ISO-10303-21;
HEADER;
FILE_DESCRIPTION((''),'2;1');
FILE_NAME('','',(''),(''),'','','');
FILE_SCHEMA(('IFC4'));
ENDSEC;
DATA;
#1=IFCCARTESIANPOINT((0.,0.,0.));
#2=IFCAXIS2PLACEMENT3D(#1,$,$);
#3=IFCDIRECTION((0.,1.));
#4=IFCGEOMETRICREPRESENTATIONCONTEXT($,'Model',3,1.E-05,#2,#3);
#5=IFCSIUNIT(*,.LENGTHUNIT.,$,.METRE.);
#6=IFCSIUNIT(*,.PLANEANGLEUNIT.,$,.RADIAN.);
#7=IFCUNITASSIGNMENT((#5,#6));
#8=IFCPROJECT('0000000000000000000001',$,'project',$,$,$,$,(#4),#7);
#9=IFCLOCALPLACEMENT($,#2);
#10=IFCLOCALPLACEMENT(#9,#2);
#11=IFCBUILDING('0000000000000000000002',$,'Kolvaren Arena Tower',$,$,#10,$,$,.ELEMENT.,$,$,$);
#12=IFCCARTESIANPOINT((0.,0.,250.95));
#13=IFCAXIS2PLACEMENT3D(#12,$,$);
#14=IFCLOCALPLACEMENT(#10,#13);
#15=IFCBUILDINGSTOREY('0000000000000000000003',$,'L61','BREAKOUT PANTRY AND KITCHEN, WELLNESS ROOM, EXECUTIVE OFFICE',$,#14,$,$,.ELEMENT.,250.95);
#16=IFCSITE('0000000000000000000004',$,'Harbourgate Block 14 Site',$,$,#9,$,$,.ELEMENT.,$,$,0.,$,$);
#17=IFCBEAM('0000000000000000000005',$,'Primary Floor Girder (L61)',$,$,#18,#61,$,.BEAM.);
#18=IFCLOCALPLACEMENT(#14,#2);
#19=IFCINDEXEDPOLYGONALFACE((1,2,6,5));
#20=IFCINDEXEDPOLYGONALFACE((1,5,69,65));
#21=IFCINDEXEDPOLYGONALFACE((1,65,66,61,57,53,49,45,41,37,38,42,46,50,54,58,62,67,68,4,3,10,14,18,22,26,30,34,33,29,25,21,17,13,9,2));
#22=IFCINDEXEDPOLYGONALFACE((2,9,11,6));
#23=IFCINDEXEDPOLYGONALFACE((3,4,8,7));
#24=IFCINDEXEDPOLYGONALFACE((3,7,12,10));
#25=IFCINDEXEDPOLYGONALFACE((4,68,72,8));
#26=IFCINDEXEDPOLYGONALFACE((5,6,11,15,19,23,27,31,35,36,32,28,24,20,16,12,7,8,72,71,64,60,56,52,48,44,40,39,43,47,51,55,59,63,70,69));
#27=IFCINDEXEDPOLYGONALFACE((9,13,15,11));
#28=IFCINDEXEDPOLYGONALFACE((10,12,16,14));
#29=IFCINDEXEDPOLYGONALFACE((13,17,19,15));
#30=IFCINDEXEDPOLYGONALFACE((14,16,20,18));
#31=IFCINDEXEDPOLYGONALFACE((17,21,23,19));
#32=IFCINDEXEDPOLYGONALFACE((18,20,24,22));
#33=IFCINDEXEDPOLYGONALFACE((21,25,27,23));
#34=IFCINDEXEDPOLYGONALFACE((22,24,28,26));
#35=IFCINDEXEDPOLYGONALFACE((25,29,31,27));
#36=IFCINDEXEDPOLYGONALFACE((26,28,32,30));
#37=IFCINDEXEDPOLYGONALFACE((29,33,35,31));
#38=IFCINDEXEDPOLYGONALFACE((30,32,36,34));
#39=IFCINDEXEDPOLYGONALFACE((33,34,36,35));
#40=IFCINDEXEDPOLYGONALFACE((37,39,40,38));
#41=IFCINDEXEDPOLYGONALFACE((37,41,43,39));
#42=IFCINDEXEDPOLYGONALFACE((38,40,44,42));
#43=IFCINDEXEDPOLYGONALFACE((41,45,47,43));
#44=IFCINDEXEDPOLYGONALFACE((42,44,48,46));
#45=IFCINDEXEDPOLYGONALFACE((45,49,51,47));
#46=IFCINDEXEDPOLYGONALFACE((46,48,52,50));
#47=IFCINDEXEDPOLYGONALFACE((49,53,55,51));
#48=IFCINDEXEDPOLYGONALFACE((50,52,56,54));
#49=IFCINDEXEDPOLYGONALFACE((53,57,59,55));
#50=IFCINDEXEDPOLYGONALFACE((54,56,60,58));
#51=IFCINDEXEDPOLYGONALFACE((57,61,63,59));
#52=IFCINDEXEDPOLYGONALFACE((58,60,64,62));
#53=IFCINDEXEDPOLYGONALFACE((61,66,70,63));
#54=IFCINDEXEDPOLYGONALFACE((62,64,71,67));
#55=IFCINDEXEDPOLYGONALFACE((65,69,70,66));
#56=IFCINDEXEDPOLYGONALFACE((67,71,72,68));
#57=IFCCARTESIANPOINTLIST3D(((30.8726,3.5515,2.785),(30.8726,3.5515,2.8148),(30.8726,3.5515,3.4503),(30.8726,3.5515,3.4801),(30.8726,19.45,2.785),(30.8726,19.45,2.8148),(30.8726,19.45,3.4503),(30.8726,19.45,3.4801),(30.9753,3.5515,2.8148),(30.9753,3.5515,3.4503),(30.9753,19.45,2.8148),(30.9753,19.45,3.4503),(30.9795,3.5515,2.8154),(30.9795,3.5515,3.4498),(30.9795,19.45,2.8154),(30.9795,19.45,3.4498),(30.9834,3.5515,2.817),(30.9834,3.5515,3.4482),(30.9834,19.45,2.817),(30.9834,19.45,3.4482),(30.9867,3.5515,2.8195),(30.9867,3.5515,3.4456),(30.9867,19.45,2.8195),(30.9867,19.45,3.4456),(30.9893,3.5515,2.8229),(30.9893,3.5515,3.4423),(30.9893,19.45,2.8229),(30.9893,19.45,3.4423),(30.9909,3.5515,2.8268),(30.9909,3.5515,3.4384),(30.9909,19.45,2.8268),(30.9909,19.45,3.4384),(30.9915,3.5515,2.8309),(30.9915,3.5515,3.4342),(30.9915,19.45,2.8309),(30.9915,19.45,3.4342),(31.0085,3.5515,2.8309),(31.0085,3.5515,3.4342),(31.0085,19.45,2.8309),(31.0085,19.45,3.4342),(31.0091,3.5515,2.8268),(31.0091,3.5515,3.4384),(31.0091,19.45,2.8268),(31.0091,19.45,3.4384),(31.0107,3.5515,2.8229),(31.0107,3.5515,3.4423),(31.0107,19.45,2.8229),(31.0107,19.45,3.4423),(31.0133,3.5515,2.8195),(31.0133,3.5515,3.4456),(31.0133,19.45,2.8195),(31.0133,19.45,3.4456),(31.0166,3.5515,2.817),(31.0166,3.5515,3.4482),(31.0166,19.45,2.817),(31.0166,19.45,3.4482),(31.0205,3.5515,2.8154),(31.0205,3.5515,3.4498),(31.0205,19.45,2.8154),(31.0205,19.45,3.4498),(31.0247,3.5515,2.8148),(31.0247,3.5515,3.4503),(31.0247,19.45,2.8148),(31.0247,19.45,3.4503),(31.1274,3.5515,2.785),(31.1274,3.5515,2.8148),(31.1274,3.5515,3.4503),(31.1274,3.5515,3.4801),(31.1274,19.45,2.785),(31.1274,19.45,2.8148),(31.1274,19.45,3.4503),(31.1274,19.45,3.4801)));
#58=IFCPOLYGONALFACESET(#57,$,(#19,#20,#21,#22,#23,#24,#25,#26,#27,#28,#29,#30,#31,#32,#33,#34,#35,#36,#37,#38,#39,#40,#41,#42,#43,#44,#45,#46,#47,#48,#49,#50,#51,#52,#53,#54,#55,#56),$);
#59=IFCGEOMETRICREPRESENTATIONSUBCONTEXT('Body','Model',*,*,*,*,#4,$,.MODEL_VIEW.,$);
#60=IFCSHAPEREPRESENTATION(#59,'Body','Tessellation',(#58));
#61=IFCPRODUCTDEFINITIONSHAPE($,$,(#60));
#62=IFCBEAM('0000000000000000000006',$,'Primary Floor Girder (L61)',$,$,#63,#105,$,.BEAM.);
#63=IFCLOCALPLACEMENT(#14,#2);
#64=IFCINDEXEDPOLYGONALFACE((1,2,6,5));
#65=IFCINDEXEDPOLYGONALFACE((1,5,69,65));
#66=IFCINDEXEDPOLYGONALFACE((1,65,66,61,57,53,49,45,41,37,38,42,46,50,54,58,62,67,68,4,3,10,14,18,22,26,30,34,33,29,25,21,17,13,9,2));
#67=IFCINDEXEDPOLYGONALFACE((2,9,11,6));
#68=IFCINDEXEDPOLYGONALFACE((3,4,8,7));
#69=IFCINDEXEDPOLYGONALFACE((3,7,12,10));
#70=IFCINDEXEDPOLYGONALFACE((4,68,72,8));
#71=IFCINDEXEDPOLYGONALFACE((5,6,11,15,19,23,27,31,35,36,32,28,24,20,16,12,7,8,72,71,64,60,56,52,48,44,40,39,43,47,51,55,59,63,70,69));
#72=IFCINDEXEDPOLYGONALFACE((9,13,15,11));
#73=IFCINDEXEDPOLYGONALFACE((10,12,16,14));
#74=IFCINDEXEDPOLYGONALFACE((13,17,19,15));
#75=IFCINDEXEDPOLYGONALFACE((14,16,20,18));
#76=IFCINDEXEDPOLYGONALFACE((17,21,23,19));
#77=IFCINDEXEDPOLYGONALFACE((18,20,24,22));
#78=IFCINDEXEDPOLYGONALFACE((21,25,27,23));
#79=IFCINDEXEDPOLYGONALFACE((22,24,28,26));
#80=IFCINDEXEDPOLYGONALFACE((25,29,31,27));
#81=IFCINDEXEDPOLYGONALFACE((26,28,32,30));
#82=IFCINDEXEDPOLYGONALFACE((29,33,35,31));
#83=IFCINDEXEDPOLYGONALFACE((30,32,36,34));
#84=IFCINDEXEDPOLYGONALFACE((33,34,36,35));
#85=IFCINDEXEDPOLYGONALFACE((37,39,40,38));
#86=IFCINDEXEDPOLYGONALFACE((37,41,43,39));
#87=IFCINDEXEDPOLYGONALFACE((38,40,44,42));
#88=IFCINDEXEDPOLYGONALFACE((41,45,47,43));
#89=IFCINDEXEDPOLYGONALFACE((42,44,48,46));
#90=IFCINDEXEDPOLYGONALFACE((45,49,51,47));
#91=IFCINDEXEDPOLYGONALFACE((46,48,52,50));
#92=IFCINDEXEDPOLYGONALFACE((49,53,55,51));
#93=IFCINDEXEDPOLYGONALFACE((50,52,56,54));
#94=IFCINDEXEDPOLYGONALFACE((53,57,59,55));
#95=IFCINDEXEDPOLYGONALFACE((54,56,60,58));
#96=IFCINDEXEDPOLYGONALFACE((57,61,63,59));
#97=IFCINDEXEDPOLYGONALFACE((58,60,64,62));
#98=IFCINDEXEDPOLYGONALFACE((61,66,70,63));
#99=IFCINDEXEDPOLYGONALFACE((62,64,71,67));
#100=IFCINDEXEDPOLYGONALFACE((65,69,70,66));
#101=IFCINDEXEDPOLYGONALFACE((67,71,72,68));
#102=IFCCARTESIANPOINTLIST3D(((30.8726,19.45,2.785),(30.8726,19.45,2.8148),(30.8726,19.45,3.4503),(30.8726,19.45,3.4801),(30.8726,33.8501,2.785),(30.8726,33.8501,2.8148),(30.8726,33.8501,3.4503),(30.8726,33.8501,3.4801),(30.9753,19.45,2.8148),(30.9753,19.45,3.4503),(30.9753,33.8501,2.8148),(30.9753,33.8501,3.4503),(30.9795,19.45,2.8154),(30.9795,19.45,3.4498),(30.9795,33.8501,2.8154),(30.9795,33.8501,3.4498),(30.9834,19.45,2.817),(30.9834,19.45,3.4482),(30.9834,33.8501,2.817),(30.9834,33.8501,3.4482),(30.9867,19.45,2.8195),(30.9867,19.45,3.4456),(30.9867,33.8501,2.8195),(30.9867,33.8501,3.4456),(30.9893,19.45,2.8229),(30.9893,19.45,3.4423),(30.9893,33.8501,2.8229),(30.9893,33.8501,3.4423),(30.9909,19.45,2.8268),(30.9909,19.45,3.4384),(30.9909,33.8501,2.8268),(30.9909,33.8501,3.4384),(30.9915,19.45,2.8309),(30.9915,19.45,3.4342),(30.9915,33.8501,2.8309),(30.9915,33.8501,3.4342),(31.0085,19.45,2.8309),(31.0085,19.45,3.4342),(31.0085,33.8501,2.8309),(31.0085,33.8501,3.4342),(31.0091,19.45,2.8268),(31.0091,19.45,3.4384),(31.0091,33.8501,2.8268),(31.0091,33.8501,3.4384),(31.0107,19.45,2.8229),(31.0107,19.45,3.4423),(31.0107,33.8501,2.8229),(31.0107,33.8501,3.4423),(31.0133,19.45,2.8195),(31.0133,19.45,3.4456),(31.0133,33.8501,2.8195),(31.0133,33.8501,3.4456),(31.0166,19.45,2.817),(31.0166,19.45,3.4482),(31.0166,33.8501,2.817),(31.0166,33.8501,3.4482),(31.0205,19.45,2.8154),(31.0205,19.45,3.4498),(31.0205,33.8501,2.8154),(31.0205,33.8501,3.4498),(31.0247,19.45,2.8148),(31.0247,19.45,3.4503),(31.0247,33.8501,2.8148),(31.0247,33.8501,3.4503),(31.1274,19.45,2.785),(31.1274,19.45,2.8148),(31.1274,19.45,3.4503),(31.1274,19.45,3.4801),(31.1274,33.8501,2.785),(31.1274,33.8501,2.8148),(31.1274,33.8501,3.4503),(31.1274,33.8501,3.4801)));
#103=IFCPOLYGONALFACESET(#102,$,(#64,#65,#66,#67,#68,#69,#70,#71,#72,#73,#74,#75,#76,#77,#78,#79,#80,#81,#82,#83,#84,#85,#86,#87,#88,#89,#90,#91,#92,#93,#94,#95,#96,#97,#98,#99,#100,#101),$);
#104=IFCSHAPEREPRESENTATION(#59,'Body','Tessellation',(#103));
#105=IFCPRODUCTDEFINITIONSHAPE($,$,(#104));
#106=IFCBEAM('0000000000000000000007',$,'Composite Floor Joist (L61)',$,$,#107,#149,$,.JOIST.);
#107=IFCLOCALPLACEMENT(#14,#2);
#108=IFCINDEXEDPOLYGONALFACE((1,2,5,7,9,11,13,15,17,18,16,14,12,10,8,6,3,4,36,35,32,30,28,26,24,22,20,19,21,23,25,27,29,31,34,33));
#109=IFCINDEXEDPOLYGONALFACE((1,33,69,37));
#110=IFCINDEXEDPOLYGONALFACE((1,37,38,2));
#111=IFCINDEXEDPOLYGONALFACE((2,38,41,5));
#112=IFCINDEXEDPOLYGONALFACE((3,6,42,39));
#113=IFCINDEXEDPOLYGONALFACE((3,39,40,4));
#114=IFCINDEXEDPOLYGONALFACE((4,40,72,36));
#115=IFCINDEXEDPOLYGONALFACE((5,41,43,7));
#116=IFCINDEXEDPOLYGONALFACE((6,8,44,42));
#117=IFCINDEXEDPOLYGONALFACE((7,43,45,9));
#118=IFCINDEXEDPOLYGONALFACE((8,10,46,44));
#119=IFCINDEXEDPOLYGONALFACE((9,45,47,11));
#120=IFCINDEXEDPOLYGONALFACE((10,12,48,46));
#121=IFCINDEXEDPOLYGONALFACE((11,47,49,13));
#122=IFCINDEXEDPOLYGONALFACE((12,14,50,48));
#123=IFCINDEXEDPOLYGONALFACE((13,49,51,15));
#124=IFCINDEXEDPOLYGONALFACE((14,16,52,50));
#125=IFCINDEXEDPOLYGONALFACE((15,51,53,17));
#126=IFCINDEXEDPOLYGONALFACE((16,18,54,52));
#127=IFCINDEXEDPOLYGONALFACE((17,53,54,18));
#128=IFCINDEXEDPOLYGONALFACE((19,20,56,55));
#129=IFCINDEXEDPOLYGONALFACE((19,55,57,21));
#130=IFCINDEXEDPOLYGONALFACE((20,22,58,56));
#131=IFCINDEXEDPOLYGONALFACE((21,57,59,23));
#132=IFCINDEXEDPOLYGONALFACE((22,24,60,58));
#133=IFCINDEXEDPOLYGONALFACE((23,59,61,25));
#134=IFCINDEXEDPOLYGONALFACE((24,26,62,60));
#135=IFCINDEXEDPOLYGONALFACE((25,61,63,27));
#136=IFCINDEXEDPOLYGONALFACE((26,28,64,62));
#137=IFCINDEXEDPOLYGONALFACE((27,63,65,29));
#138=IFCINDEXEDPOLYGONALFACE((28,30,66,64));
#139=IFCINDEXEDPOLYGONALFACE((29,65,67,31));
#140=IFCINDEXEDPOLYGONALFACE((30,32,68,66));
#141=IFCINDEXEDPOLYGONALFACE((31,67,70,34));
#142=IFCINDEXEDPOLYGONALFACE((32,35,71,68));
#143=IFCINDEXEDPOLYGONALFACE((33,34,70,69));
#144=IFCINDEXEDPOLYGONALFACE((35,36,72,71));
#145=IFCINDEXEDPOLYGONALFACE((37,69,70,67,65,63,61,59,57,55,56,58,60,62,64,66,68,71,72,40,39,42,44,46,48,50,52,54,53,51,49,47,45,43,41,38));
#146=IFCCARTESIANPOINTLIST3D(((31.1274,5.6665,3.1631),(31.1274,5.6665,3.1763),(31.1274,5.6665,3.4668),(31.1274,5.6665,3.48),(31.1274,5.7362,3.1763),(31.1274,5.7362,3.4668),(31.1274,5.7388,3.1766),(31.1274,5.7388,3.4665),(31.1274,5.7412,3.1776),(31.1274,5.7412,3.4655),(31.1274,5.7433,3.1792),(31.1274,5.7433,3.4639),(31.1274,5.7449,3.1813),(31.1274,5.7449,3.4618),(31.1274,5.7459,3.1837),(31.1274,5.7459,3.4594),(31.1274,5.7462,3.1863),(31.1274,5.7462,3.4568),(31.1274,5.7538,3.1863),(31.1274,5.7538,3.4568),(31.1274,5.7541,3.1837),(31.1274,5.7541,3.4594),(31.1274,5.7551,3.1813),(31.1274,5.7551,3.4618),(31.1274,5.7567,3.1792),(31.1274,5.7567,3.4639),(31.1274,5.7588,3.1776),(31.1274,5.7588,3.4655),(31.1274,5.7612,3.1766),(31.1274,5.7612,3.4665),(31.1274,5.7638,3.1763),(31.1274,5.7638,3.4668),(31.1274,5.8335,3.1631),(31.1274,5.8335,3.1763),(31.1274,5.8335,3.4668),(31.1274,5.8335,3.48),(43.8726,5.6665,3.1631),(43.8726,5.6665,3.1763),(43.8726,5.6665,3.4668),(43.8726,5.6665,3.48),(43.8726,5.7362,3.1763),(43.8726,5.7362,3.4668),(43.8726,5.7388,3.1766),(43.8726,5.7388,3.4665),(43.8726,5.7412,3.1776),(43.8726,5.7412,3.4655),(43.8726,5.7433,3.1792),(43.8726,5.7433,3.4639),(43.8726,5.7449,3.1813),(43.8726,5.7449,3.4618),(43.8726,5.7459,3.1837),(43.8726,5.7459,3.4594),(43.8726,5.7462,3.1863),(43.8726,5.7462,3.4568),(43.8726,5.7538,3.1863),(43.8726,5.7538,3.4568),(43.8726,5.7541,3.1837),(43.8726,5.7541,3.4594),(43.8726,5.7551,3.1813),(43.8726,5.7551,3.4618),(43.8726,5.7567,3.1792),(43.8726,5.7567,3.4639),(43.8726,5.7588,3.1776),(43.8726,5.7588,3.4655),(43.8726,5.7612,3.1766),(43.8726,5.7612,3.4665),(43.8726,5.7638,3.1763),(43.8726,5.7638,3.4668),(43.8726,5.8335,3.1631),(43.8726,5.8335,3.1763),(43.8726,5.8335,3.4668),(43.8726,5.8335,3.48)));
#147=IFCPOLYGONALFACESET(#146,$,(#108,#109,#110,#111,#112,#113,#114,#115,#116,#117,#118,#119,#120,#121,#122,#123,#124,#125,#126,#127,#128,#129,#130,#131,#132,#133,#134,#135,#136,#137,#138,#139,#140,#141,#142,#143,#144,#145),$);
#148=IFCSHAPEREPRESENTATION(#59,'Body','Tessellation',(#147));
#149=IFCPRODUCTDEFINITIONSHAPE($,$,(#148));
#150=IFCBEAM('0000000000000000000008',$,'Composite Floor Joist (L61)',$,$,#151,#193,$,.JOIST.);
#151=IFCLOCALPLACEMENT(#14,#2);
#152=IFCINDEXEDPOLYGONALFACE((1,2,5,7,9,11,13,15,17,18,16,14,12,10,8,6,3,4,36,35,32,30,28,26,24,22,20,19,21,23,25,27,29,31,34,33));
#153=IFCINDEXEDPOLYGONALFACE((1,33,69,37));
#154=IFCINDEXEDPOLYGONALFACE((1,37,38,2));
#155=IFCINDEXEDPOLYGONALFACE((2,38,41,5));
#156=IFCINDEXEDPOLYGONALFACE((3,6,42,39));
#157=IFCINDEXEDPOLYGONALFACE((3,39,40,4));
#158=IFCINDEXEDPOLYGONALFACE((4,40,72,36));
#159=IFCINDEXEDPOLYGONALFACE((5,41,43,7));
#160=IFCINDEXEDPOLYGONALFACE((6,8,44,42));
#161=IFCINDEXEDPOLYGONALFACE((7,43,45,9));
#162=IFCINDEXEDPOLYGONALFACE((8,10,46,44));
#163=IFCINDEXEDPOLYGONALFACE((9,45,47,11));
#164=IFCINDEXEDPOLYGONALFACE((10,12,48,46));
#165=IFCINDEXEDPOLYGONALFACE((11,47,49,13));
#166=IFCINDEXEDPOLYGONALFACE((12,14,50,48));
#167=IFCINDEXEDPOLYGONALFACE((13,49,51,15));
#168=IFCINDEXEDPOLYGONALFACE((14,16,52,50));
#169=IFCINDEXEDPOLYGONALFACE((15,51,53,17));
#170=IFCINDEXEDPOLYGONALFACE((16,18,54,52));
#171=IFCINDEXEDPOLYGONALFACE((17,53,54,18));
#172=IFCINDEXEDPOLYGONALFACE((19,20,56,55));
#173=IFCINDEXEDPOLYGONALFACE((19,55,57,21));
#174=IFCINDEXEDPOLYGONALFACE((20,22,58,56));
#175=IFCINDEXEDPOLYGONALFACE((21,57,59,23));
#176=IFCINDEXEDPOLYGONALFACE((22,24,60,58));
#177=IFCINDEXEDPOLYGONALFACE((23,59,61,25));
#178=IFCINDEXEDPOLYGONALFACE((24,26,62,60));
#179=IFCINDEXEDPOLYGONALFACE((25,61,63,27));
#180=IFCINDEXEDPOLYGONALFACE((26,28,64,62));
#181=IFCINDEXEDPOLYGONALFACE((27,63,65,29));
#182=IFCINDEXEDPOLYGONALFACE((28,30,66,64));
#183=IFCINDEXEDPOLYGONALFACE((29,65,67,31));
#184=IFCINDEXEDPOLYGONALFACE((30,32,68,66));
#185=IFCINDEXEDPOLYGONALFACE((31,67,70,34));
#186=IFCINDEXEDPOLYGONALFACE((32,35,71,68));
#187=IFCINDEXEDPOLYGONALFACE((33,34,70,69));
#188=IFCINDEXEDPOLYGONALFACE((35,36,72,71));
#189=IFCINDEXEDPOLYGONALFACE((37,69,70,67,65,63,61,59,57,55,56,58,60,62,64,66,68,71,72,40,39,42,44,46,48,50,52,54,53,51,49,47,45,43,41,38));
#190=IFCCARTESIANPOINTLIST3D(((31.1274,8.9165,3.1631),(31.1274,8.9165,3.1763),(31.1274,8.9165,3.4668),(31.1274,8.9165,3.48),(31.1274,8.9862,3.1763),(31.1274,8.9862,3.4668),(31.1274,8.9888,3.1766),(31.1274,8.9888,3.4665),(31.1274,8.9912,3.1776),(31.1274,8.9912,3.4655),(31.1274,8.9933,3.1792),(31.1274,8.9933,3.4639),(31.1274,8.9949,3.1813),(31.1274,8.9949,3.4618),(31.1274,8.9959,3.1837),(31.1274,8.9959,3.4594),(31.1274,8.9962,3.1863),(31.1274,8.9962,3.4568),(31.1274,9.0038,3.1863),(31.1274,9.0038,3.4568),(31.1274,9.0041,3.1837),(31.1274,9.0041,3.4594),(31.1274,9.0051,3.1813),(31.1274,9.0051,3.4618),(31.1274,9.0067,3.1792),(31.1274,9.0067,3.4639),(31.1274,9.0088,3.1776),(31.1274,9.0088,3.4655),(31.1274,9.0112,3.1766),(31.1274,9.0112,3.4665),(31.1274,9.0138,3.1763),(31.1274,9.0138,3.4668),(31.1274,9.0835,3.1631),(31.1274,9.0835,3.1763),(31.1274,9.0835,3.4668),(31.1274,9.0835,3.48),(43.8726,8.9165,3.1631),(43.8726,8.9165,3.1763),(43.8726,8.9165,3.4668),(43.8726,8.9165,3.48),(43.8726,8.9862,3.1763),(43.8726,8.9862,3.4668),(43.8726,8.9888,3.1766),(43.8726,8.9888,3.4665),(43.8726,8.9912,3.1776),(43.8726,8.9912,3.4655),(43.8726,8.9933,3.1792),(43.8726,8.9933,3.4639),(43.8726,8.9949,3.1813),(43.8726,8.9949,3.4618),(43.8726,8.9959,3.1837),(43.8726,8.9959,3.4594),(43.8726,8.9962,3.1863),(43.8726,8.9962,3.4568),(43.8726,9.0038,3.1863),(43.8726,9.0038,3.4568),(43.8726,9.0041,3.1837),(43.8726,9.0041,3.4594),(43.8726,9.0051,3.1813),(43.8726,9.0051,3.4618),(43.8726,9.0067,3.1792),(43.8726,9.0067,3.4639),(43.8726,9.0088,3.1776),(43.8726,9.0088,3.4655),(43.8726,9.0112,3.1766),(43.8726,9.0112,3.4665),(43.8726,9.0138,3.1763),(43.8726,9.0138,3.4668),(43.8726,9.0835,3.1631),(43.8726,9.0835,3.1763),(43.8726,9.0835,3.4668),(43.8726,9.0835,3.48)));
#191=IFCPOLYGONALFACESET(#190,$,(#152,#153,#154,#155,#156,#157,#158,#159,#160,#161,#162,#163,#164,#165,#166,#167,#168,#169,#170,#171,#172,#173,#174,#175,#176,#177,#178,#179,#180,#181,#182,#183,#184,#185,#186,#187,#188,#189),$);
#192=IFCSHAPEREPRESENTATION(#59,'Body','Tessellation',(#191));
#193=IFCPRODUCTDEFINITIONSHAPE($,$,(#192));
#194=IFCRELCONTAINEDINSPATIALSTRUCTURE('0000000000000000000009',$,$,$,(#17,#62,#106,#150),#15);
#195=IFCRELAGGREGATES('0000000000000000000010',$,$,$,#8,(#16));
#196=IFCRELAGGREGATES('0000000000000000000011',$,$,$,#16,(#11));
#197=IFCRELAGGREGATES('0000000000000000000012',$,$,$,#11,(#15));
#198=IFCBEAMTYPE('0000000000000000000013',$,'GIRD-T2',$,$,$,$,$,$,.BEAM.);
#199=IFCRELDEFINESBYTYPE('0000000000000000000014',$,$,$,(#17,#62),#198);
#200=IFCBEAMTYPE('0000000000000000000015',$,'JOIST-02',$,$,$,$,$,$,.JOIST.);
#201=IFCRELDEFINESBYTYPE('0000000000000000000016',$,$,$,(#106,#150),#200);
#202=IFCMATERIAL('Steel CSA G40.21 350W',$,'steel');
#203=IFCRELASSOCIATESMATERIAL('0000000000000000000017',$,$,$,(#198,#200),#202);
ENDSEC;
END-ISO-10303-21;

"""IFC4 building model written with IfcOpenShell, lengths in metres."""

from ifc_helpers import new_model, si_unit, direction, frame, origin, origin_2d, place, context, subcontext, project, spatial, i_section, extrude, material, material_profile, profile_set, type_object, element, save


model = new_model("IFC4")

# Units and contexts
model_context = context("Model", 3, precision=1e-05, world=origin(), true_north=direction((0.0, 1.0)))
body_context = subcontext(model_context, "Body", "Model", "MODEL_VIEW")
ifc_project = project(units=[si_unit("LENGTHUNIT", "METRE"), si_unit("PLANEANGLEUNIT", "RADIAN")], contexts=[model_context])

# Site, building, storey
site_placement = place(None, origin())
site = spatial("IfcSite", under=ifc_project, at=site_placement, Name="Harbourgate Block 14 Site", CompositionType="ELEMENT", RefElevation=0.0)
building_placement = place(site_placement, origin())
building = spatial("IfcBuilding", under=site, at=building_placement, Name="Kolvaren Arena Tower", CompositionType="ELEMENT")
storey_placement = place(building_placement, frame((0.0, 0.0, 250.95)))
storey = spatial("IfcBuildingStorey", under=building, at=storey_placement, Name="L61", Description="BREAKOUT PANTRY AND KITCHEN, WELLNESS ROOM, EXECUTIVE OFFICE", CompositionType="ELEMENT", Elevation=250.95)

# Beams
ifc_material_1 = material(Name="Steel CSA G40.21 350W", Category="steel")
ifc_material_profile_1 = material_profile(ifc_material_1, i_section(OverallWidth=0.2549, OverallDepth=0.6951, WebThickness=0.0171, FlangeThickness=0.0298, FilletRadius=0.0161, at=origin_2d()), Name="W690x217")
ifc_profile_set_1 = profile_set([ifc_material_profile_1], Name="Steel CSA G40.21 350W")
beam_type_1 = type_object("IfcBeamType", Name="GIRD-T2", PredefinedType="BEAM", material=ifc_profile_set_1)
beam_1_placement = place(storey_placement, frame((31.0, 3.5515, 3.1326), z_axis=(0.0, 1.0, 0.0), x_axis=(-1.0, 0.0, 0.0)))
element("IfcBeam", 1, at=beam_1_placement, inside=storey, type_object=beam_type_1, Name="Primary Floor Girder (L61)", PredefinedType="BEAM", context=body_context, shape_type="SweptSolid", body=[
    extrude(i_section(OverallWidth=0.2549, OverallDepth=0.6951, WebThickness=0.0171, FlangeThickness=0.0298, FilletRadius=0.0161, at=origin_2d()), origin(), (0.0, 0.0, 1.0), 15.8984),
])
beam_2_placement = place(storey_placement, frame((31.0, 19.45, 3.1326), z_axis=(0.0, 1.0, 0.0), x_axis=(-1.0, 0.0, 0.0)))
element("IfcBeam", 2, at=beam_2_placement, inside=storey, type_object=beam_type_1, Name="Primary Floor Girder (L61)", PredefinedType="BEAM", context=body_context, shape_type="SweptSolid", body=[
    extrude(i_section(OverallWidth=0.2549, OverallDepth=0.6951, WebThickness=0.0171, FlangeThickness=0.0298, FilletRadius=0.0161, at=origin_2d()), origin(), (0.0, 0.0, 1.0), 14.4001),
])
ifc_material_profile_2 = material_profile(ifc_material_1, i_section(OverallWidth=0.167, OverallDepth=0.3169, WebThickness=0.0076, FlangeThickness=0.0132, FilletRadius=0.01, at=origin_2d()), Name="W310x52")
ifc_profile_set_2 = profile_set([ifc_material_profile_2], Name="Steel CSA G40.21 350W")
beam_type_2 = type_object("IfcBeamType", Name="JOIST-02", PredefinedType="JOIST", material=ifc_profile_set_2)
for number, where, z_axis, x_axis, name in (
    (3, (31.1274, 5.75, 3.3215), (1.0, 0.0, 0.0), (0.0, 1.0, 0.0), "Composite Floor Joist (L61)"),
    (4, (31.1274, 9.0, 3.3215), (1.0, 0.0, 0.0), (0.0, 1.0, 0.0), "Composite Floor Joist (L61)"),
):
    element("IfcBeam", number, at=place(storey_placement, frame(where, z_axis=z_axis, x_axis=x_axis)), inside=storey, type_object=beam_type_2, Name=name, PredefinedType="JOIST", context=body_context, shape_type="SweptSolid", body=[
        extrude(i_section(OverallWidth=0.167, OverallDepth=0.3169, WebThickness=0.0076, FlangeThickness=0.0132, FilletRadius=0.01, at=origin_2d()), origin(), (0.0, 0.0, 1.0), 12.7451),
    ])

save(model, "model.ifc")
